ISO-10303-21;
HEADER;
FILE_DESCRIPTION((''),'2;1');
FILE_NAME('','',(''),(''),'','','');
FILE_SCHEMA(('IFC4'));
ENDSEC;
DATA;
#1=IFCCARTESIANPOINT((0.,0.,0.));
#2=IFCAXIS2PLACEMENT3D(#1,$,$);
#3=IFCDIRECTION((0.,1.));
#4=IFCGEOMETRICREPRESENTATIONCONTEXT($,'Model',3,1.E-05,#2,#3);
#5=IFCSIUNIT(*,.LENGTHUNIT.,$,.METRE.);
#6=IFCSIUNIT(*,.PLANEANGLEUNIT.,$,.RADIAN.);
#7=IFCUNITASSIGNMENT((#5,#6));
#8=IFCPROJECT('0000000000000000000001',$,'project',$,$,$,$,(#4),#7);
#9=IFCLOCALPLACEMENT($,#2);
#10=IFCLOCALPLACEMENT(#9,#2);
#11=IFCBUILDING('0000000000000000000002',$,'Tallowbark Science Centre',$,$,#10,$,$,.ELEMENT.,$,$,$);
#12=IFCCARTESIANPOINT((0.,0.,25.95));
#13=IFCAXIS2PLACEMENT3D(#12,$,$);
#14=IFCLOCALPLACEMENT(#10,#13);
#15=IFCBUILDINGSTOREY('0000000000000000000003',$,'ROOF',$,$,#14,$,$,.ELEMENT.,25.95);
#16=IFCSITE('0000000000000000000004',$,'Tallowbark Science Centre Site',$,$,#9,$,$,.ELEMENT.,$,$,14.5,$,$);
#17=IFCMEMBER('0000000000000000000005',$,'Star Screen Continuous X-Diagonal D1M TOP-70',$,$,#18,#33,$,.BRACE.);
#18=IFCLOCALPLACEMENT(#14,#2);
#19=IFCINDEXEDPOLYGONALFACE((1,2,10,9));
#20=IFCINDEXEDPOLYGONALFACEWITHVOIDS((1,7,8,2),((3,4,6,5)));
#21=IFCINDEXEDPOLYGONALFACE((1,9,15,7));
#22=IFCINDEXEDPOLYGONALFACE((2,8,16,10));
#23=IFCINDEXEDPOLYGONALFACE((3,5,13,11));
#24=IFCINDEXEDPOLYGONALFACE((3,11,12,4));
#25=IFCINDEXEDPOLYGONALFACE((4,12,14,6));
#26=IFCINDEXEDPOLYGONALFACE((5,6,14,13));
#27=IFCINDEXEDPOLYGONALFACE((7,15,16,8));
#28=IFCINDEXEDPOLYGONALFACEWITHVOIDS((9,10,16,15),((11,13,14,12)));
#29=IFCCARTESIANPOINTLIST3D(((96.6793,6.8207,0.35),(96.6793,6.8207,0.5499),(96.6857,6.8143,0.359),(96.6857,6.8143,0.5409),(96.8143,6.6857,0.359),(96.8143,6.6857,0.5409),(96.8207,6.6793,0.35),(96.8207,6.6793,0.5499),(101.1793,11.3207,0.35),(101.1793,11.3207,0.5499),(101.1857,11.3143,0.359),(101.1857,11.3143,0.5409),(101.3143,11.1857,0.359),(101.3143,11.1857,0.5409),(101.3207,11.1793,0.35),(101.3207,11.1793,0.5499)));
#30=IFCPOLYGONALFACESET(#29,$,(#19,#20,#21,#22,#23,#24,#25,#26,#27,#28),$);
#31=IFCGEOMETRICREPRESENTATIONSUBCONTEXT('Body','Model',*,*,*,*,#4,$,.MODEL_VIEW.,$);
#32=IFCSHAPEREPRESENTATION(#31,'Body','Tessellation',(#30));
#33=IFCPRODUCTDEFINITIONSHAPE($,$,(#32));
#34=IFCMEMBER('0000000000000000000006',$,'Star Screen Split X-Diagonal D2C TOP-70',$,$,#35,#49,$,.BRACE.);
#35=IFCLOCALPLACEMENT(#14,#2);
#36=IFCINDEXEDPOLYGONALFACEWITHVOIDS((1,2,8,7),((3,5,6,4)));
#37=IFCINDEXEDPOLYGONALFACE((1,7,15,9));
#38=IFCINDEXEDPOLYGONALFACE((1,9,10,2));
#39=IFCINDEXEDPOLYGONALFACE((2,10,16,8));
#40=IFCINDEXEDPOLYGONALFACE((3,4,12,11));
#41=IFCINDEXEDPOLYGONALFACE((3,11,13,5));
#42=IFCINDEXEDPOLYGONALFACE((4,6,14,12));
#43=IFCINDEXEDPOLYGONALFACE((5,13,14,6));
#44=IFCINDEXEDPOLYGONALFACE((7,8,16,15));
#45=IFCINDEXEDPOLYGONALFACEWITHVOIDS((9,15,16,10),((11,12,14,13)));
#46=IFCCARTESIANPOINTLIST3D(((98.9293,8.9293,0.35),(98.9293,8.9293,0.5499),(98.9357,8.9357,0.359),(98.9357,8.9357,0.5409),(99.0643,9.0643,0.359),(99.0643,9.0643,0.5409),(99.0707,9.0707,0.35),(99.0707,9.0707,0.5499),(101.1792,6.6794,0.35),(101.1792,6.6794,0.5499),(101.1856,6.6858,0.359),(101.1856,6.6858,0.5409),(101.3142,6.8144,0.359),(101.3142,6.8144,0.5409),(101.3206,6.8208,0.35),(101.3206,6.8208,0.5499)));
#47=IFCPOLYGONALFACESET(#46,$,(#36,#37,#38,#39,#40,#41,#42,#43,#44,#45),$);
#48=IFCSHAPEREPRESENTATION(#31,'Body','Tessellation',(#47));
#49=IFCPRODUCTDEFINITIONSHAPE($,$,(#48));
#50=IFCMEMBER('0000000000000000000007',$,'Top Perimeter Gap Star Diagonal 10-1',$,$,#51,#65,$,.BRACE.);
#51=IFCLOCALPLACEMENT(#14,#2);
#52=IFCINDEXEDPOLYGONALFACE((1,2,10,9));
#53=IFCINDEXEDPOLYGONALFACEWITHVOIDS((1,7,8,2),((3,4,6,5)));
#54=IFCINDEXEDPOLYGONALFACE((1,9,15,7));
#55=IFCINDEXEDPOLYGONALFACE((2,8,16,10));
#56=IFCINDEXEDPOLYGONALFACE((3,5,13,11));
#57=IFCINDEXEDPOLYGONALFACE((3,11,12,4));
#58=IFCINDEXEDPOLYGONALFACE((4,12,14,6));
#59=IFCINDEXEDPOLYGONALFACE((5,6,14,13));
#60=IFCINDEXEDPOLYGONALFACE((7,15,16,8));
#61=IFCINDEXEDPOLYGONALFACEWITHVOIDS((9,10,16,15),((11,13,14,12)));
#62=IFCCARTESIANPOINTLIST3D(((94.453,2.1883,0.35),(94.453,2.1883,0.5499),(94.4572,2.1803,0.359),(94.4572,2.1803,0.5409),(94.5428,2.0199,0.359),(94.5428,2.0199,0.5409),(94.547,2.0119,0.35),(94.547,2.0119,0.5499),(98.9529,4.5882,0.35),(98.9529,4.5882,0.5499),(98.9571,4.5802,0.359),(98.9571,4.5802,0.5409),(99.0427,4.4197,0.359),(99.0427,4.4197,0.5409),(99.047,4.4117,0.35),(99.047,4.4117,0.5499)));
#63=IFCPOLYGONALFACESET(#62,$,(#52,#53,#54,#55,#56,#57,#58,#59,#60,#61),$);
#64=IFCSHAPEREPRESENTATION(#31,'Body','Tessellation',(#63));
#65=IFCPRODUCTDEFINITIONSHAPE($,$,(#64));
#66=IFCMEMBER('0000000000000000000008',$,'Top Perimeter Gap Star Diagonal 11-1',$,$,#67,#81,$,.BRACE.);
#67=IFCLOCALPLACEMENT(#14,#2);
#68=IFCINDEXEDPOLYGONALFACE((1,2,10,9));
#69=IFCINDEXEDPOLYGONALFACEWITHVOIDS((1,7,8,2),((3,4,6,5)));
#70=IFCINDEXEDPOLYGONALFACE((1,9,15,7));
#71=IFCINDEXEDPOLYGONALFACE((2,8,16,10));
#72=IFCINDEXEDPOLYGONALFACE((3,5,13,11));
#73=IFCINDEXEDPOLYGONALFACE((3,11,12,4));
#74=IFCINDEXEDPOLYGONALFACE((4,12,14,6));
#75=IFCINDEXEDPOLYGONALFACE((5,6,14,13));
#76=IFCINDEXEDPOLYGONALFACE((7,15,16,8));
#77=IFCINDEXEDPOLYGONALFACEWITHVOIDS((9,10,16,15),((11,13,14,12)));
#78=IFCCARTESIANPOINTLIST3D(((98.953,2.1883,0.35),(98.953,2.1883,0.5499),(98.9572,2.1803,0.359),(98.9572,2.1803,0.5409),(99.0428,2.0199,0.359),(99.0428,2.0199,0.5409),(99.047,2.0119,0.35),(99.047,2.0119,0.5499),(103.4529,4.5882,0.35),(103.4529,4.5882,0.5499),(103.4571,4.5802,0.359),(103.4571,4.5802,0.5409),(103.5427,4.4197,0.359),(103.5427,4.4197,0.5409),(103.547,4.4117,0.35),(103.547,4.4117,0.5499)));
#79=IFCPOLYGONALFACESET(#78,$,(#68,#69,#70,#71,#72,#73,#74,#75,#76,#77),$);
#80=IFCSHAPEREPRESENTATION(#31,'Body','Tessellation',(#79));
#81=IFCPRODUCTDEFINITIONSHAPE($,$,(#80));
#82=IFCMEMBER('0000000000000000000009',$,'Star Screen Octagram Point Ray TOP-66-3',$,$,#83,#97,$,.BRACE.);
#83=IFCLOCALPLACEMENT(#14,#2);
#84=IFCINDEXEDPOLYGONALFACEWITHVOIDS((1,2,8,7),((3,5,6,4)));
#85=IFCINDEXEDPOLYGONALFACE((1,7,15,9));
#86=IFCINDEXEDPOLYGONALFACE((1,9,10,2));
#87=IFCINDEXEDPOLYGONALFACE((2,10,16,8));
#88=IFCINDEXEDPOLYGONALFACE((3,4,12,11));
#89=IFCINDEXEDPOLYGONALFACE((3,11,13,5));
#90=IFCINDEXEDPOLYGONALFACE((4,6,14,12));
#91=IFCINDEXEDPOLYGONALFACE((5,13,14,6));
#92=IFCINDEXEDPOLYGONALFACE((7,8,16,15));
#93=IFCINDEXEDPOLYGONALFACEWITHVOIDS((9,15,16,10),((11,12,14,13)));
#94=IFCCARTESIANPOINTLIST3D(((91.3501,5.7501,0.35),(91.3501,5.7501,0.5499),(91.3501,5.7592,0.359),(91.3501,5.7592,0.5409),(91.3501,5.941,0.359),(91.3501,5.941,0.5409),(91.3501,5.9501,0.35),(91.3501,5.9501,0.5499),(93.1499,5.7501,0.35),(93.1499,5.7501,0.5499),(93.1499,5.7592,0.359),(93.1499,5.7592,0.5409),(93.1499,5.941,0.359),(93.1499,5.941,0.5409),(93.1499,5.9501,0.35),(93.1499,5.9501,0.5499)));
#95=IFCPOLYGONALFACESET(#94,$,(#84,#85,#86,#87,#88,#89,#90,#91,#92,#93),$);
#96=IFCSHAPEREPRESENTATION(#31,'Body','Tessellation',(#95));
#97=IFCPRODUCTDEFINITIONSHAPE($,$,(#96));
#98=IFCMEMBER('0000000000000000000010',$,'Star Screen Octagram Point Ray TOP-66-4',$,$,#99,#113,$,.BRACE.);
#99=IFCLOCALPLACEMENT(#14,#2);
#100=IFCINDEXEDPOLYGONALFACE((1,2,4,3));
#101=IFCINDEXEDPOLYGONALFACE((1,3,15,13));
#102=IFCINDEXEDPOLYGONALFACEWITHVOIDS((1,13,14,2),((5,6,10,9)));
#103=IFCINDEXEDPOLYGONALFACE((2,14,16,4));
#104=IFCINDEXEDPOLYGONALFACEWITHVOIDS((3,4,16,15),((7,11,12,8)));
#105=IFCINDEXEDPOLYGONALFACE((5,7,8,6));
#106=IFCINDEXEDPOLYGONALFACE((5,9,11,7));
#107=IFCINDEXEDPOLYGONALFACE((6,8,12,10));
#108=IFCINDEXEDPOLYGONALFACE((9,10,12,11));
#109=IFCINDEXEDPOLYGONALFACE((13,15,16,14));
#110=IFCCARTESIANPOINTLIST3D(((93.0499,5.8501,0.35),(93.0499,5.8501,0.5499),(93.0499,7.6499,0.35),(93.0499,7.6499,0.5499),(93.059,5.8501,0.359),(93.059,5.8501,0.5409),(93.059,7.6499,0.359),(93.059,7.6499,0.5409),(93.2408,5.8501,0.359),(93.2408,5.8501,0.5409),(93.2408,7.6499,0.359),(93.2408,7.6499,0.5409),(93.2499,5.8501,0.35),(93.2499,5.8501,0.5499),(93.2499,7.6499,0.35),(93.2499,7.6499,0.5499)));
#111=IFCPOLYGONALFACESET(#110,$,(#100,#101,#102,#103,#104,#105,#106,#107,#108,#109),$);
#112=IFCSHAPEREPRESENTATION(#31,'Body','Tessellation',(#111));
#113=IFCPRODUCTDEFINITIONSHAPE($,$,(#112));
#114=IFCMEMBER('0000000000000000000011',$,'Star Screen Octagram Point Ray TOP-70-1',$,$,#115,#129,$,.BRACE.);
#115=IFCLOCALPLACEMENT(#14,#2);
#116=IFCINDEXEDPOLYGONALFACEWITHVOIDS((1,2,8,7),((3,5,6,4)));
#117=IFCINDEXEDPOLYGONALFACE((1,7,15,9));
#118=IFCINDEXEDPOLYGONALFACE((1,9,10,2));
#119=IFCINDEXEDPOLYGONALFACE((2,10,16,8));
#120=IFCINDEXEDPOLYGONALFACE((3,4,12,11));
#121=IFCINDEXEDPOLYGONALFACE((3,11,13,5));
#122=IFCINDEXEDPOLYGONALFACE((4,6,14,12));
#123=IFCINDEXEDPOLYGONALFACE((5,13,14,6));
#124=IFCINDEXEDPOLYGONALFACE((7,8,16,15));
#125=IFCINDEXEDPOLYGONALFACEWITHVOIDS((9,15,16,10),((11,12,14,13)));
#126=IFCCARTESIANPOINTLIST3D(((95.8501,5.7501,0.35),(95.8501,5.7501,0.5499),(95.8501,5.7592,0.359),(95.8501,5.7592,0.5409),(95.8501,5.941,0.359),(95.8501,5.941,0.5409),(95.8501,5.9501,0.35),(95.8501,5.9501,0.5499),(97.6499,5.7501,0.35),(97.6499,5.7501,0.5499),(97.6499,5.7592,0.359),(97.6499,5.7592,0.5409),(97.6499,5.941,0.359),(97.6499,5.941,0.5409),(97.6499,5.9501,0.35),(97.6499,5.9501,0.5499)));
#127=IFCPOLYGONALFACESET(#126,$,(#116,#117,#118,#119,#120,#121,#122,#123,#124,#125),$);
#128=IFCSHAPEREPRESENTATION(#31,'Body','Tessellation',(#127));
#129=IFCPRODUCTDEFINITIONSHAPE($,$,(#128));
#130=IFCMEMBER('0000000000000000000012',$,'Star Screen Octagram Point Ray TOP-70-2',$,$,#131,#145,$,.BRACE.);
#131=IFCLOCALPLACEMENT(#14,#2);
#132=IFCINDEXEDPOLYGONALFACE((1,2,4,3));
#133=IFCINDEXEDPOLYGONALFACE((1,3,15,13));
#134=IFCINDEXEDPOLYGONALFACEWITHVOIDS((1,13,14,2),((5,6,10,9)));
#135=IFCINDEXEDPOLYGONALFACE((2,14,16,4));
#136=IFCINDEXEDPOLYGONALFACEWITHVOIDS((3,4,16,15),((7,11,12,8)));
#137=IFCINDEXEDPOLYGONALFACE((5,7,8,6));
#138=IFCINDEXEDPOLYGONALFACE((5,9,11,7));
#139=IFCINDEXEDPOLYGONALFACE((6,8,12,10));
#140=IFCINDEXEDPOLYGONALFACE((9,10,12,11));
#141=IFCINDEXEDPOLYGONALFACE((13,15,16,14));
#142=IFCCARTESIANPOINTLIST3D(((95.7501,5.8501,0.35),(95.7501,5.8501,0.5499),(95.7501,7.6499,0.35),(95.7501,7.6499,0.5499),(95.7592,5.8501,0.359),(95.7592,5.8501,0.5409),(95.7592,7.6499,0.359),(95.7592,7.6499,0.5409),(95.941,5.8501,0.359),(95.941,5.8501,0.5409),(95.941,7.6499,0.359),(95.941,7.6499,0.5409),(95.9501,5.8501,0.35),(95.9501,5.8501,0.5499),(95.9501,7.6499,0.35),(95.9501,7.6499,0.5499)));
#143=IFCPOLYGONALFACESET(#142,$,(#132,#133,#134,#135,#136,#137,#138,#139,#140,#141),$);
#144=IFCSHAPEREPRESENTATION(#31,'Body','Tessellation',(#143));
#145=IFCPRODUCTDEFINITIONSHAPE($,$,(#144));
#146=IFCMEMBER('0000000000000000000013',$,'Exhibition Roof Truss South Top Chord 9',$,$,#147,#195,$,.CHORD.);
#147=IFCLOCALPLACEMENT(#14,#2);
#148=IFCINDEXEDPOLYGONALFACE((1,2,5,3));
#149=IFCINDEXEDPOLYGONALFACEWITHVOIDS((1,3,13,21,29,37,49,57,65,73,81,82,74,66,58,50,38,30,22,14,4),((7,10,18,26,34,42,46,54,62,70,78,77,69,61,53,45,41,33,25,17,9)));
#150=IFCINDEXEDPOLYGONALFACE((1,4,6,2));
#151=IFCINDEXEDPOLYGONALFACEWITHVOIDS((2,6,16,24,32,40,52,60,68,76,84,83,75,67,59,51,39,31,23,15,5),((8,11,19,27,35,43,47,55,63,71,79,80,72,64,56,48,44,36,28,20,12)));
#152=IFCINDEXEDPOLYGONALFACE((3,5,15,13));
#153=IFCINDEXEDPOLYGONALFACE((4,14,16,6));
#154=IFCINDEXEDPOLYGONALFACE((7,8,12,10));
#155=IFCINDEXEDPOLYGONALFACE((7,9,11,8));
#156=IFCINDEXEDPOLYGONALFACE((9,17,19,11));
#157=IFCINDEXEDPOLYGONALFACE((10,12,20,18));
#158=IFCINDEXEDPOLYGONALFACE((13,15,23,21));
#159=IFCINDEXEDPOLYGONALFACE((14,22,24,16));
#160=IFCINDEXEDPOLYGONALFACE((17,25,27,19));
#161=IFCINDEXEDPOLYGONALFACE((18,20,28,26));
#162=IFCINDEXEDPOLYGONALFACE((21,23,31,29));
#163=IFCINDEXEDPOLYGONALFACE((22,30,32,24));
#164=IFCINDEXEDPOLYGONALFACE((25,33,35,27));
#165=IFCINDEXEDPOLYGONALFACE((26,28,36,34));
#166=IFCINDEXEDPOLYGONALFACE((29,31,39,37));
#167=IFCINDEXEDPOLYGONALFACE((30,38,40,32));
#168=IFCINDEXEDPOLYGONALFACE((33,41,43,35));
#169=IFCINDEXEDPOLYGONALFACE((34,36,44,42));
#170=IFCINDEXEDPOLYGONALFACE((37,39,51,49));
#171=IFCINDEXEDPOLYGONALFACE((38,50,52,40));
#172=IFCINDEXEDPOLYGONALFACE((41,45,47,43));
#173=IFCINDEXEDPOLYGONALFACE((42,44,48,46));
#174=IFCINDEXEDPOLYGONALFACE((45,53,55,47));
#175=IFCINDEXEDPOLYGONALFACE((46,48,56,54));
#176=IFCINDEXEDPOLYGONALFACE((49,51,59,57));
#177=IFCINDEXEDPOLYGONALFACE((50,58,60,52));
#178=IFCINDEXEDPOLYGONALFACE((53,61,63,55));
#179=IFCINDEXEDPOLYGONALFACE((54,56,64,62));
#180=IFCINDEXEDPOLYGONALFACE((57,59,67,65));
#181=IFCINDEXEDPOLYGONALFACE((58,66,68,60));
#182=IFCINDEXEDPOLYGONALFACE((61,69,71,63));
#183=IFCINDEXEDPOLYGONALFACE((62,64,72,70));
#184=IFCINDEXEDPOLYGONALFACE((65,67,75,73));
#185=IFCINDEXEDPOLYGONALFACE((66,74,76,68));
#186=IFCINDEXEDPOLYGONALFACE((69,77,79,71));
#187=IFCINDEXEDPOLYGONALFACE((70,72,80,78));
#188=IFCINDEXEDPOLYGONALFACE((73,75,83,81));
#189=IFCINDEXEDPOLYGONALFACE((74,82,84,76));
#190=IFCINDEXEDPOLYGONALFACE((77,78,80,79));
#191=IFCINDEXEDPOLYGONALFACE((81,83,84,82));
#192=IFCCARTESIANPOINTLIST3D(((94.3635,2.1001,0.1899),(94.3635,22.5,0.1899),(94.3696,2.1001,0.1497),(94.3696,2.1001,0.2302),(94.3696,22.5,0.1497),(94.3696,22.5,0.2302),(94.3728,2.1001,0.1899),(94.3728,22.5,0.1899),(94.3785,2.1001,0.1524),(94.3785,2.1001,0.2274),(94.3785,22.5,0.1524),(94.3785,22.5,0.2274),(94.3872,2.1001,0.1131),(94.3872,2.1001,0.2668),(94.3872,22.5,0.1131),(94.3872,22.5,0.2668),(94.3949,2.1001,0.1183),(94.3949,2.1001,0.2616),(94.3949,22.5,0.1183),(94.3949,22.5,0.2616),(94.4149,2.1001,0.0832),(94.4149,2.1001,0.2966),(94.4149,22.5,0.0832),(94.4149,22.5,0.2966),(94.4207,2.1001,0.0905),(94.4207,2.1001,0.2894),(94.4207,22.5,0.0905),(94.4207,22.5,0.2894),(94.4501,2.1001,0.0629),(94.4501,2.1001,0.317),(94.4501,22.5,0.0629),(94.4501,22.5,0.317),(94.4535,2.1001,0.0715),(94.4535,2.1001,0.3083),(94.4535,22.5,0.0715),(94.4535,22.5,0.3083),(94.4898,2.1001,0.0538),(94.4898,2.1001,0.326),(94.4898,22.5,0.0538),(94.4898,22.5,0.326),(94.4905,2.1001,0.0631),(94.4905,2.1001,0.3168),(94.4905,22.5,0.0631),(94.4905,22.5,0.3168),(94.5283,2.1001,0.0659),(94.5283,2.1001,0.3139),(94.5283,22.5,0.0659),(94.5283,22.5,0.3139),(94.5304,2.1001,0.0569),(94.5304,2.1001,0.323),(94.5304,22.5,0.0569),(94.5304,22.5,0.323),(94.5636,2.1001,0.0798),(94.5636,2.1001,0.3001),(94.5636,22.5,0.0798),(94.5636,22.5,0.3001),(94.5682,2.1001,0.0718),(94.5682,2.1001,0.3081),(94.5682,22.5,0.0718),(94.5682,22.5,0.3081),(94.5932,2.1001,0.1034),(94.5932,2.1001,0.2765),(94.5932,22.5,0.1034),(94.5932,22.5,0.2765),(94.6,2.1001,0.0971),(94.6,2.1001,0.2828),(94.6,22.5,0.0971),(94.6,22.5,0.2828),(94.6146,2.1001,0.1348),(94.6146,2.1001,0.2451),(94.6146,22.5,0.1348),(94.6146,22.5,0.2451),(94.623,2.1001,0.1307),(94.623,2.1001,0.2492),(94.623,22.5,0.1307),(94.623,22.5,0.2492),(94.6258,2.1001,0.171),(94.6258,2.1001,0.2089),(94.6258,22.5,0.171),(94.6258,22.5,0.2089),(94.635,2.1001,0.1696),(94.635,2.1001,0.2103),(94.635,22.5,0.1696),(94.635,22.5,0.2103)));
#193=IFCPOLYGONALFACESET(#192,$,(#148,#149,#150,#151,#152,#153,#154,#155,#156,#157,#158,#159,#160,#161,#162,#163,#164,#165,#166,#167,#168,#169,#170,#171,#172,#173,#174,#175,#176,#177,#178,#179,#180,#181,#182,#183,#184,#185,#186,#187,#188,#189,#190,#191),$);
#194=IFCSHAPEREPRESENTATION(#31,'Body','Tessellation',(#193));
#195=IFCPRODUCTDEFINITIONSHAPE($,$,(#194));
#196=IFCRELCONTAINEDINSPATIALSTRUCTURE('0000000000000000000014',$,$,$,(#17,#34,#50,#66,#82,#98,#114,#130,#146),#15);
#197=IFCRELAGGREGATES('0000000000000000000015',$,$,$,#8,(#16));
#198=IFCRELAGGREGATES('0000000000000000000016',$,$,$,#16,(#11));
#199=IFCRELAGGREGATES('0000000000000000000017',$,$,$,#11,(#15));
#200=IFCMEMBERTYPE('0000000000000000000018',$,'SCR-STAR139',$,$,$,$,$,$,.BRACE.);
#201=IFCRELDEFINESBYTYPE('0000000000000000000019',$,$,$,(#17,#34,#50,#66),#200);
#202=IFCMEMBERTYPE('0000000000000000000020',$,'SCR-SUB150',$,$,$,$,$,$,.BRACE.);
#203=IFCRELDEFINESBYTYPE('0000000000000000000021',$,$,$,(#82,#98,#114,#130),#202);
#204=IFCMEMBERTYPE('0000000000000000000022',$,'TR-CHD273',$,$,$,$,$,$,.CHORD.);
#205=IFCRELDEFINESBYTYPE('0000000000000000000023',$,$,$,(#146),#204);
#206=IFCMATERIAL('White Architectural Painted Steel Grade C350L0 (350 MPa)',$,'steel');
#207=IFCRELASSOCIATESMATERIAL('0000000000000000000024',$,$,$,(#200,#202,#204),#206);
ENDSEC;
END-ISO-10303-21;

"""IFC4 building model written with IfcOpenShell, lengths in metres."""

from ifc_helpers import new_model, si_unit, direction, frame, origin, origin_2d, place, context, subcontext, project, spatial, hollow_rectangle, hollow_circle, extrude, material, material_profile, profile_set, type_object, element, save


model = new_model("IFC4")

# Units and contexts
model_context = context("Model", 3, precision=1e-05, world=origin(), true_north=direction((0.0, 1.0)))
body_context = subcontext(model_context, "Body", "Model", "MODEL_VIEW")
ifc_project = project(units=[si_unit("LENGTHUNIT", "METRE"), si_unit("PLANEANGLEUNIT", "RADIAN")], contexts=[model_context])

# Site, building, storey
site_placement = place(None, origin())
site = spatial("IfcSite", under=ifc_project, at=site_placement, Name="Tallowbark Science Centre Site", CompositionType="ELEMENT", RefElevation=14.5)
building_placement = place(site_placement, origin())
building = spatial("IfcBuilding", under=site, at=building_placement, Name="Tallowbark Science Centre", CompositionType="ELEMENT")
storey_placement = place(building_placement, frame((0.0, 0.0, 25.95)))
storey = spatial("IfcBuildingStorey", under=building, at=storey_placement, Name="ROOF", CompositionType="ELEMENT", Elevation=25.95)

# Shared definitions
ifc_material_1 = material(Name="White Architectural Painted Steel Grade C350L0 (350 MPa)", Category="steel")

# Members
ifc_material_profile_1 = material_profile(ifc_material_1, hollow_rectangle(XDim=0.2, YDim=0.2, WallThickness=0.009, at=origin_2d()), Name="200x200x9.0SHS")
ifc_profile_set_1 = profile_set([ifc_material_profile_1], Name="White Architectural Painted Steel Grade C350L0 (350 MPa)")
member_type_1 = type_object("IfcMemberType", Name="SCR-STAR139", PredefinedType="BRACE", material=ifc_profile_set_1)
member_1_placement = place(storey_placement, frame((96.75, 6.75, 0.45), z_axis=(0.707107, 0.707107, 0.0), x_axis=(-0.707107, 0.707107, 0.0)))
element("IfcMember", 1, at=member_1_placement, inside=storey, type_object=member_type_1, Name="Star Screen Continuous X-Diagonal D1M TOP-70", PredefinedType="BRACE", context=body_context, shape_type="SweptSolid", body=[
    extrude(hollow_rectangle(XDim=0.2, YDim=0.2, WallThickness=0.009, at=origin_2d()), origin(), (0.0, 0.0, 1.0), 6.364),
])
member_2_placement = place(storey_placement, frame((99.0, 9.0, 0.45), z_axis=(0.707107, -0.707107, 0.0), x_axis=(0.707107, 0.707107, 0.0)))
element("IfcMember", 2, at=member_2_placement, inside=storey, type_object=member_type_1, Name="Star Screen Split X-Diagonal D2C TOP-70", PredefinedType="BRACE", context=body_context, shape_type="SweptSolid", body=[
    extrude(hollow_rectangle(XDim=0.2, YDim=0.2, WallThickness=0.009, at=origin_2d()), origin(), (0.0, 0.0, 1.0), 3.1819),
])
for number, where, z_axis, x_axis, name in (
    (3, (94.5, 2.1001, 0.45), (0.882361, 0.470573, 0.0), (-0.470573, 0.882361, 0.0), "Top Perimeter Gap Star Diagonal 10-1"),
    (4, (99.0, 2.1001, 0.45), (0.882361, 0.470573, 0.0), (-0.470573, 0.882361, 0.0), "Top Perimeter Gap Star Diagonal 11-1"),
):
    element("IfcMember", number, at=place(storey_placement, frame(where, z_axis=z_axis, x_axis=x_axis)), inside=storey, type_object=member_type_1, Name=name, PredefinedType="BRACE", context=body_context, shape_type="SweptSolid", body=[
        extrude(hollow_rectangle(XDim=0.2, YDim=0.2, WallThickness=0.009, at=origin_2d()), origin(), (0.0, 0.0, 1.0), 5.0999),
    ])
ifc_material_profile_2 = material_profile(ifc_material_1, hollow_rectangle(XDim=0.2, YDim=0.2, WallThickness=0.009, at=origin_2d()), Name="200x200x9.0SHS")
ifc_profile_set_2 = profile_set([ifc_material_profile_2], Name="White Architectural Painted Steel Grade C350L0 (350 MPa)")
member_type_2 = type_object("IfcMemberType", Name="SCR-SUB150", PredefinedType="BRACE", material=ifc_profile_set_2)
for number, where, z_axis, x_axis, name in (
    (5, (93.1499, 5.8501, 0.45), (-1.0, 0.0, 0.0), (0.0, -1.0, 0.0), "Star Screen Octagram Point Ray TOP-66-3"),
    (6, (93.1499, 5.8501, 0.45), (0.0, 1.0, 0.0), (-1.0, 0.0, 0.0), "Star Screen Octagram Point Ray TOP-66-4"),
    (7, (95.8501, 5.8501, 0.45), (1.0, 0.0, 0.0), (0.0, 1.0, 0.0), "Star Screen Octagram Point Ray TOP-70-1"),
    (8, (95.8501, 5.8501, 0.45), (0.0, 1.0, 0.0), (-1.0, 0.0, 0.0), "Star Screen Octagram Point Ray TOP-70-2"),
):
    element("IfcMember", number, at=place(storey_placement, frame(where, z_axis=z_axis, x_axis=x_axis)), inside=storey, type_object=member_type_2, Name=name, PredefinedType="BRACE", context=body_context, shape_type="SweptSolid", body=[
        extrude(hollow_rectangle(XDim=0.2, YDim=0.2, WallThickness=0.009, at=origin_2d()), origin(), (0.0, 0.0, 1.0), 1.7998),
    ])
ifc_material_profile_3 = material_profile(ifc_material_1, hollow_circle(Radius=0.1365, WallThickness=0.0093, at=origin_2d()), Name="273.1x9.3CHS")
ifc_profile_set_3 = profile_set([ifc_material_profile_3], Name="White Architectural Painted Steel Grade C350L0 (350 MPa)")
member_type_3 = type_object("IfcMemberType", Name="TR-CHD273", PredefinedType="CHORD", material=ifc_profile_set_3)
for number, where, z_axis, x_axis, name in (
    (9, (94.5, 2.1001, 0.1899), (0.0, 1.0, 0.0), (-1.0, 0.0, 0.0), "Exhibition Roof Truss South Top Chord 9"),
):
    element("IfcMember", number, at=place(storey_placement, frame(where, z_axis=z_axis, x_axis=x_axis)), inside=storey, type_object=member_type_3, Name=name, PredefinedType="CHORD", context=body_context, shape_type="SweptSolid", body=[
        extrude(hollow_circle(Radius=0.1365, WallThickness=0.0093, at=origin_2d()), origin(), (0.0, 0.0, 1.0), 20.3999),
    ])

save(model, "model.ifc")
